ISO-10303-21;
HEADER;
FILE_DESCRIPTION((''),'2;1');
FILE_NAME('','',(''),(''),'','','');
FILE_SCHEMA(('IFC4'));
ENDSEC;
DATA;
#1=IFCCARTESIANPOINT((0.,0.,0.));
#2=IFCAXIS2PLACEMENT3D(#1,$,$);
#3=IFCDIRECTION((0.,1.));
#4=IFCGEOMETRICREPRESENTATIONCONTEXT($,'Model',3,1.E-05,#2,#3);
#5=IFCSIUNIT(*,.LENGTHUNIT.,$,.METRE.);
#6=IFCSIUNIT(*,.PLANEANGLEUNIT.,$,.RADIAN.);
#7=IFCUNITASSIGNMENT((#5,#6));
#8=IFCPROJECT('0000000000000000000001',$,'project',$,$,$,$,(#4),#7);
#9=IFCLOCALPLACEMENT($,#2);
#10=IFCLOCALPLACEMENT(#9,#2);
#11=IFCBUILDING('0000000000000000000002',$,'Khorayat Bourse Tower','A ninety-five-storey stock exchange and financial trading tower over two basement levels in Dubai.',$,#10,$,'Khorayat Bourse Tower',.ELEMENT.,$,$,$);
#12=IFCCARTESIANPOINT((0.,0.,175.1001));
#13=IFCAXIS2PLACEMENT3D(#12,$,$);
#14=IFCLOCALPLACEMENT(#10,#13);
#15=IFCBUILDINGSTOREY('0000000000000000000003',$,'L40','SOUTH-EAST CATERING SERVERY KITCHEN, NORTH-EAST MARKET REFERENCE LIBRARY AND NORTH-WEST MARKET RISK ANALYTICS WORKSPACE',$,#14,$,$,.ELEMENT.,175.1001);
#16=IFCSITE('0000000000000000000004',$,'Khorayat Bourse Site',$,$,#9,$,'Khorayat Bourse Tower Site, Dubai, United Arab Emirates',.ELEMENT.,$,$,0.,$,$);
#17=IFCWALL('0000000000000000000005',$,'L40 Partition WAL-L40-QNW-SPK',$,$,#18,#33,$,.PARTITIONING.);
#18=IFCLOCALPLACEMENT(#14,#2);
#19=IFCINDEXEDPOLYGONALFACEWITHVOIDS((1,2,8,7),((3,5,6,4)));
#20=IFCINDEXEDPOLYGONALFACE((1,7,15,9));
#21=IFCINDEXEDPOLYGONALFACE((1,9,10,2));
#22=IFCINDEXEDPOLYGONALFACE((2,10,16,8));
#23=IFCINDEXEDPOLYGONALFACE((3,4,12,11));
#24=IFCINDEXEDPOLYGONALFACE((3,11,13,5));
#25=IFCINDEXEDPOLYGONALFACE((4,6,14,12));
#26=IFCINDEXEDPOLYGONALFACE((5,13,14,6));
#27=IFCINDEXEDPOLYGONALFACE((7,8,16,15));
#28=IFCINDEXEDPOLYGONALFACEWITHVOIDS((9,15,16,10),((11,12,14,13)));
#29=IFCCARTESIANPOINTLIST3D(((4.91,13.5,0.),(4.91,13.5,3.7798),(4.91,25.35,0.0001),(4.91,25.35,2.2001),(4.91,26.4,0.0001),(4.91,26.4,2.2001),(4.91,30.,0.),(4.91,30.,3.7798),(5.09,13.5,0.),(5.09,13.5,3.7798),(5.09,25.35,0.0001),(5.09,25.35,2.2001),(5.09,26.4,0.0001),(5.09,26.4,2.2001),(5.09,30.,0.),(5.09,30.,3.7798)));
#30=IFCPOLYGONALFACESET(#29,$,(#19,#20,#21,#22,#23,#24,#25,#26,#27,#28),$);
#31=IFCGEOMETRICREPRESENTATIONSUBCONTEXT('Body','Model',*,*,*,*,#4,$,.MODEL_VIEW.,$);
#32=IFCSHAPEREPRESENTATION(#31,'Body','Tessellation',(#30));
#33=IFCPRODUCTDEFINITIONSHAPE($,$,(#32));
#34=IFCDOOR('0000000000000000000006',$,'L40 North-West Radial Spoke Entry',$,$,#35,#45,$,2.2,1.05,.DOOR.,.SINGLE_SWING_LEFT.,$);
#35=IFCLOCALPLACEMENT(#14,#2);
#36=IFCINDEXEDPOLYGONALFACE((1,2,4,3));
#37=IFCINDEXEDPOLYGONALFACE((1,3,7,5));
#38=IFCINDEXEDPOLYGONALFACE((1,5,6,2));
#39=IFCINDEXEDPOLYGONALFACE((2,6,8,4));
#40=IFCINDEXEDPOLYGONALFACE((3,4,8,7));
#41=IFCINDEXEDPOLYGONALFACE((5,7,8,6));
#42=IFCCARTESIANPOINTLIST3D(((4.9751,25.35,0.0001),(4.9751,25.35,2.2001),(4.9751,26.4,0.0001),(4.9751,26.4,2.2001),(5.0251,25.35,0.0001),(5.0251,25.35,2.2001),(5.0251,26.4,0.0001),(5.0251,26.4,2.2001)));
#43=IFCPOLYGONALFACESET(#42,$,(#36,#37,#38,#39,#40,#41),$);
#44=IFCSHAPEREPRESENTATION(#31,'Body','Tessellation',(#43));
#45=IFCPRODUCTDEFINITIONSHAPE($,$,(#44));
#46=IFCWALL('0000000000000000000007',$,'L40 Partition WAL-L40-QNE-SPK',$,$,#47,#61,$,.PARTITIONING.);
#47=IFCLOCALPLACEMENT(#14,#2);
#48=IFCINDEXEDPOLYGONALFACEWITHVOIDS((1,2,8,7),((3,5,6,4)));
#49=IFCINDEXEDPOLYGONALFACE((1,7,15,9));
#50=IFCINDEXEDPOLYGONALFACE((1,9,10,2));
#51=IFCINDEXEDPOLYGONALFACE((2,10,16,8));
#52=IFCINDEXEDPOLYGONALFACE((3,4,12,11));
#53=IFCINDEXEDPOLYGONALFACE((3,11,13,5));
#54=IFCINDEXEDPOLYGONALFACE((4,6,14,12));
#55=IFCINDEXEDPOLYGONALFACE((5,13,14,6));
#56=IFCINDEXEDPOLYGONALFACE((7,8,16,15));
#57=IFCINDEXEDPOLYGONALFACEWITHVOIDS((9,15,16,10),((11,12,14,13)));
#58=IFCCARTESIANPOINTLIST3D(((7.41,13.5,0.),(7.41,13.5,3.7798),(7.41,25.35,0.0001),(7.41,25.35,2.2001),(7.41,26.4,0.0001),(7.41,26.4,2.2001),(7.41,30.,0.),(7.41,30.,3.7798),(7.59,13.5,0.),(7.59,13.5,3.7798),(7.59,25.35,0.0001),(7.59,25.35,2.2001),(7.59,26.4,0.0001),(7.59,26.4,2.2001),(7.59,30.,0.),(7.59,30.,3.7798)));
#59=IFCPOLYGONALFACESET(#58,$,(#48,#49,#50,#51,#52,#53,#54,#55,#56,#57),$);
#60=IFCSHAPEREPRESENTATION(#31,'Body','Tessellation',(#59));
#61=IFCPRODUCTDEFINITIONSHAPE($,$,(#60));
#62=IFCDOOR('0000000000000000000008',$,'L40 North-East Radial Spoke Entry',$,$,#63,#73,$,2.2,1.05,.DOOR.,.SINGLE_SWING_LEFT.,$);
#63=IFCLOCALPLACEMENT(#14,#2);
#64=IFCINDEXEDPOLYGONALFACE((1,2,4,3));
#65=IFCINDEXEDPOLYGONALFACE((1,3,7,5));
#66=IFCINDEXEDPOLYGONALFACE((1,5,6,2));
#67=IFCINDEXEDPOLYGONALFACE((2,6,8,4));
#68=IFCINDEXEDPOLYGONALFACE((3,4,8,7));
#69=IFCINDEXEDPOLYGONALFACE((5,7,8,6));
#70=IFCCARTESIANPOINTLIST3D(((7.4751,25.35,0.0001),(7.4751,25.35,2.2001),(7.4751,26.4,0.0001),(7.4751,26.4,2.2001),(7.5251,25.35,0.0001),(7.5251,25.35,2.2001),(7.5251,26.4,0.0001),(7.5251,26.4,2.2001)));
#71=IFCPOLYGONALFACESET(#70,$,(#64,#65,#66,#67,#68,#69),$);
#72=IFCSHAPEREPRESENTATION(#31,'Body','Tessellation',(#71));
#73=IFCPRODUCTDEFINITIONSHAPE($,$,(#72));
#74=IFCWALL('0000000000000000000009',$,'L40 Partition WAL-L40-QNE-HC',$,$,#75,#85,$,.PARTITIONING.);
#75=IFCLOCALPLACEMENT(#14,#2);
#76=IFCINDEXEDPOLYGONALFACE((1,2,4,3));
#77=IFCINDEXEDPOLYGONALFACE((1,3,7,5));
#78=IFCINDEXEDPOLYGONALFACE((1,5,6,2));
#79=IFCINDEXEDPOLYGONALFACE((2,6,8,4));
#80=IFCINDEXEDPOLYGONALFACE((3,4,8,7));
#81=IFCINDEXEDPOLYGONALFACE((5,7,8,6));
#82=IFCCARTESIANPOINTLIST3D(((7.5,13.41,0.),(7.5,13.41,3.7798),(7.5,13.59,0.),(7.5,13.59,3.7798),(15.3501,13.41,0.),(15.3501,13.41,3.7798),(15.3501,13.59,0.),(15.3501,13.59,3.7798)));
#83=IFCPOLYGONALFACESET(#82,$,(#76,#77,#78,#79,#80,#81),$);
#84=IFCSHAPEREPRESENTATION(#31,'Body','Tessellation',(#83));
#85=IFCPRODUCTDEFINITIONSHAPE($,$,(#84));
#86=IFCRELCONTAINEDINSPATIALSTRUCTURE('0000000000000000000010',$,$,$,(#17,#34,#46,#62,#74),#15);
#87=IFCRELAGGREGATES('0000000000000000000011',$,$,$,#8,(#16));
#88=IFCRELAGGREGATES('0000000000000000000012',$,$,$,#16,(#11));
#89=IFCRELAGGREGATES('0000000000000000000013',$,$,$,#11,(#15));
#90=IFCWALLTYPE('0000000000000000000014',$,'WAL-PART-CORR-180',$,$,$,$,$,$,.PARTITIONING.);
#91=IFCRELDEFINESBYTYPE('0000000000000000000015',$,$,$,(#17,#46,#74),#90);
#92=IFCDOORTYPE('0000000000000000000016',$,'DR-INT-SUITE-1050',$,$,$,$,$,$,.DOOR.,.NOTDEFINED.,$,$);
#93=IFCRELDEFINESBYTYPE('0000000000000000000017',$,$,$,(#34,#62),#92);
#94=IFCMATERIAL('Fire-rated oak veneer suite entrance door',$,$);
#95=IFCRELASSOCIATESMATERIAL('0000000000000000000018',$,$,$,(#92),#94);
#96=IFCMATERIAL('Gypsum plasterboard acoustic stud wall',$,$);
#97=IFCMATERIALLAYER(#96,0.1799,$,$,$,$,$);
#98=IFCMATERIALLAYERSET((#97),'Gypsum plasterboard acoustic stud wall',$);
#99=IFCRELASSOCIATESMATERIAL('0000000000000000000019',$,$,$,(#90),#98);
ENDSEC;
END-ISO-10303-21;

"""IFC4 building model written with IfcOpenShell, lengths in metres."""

from ifc_helpers import new_model, si_unit, direction, frame, frame_2d, origin, place, context, subcontext, project, spatial, rectangle, extrude, source, transform, mapped, material, layer, layer_set, type_object, element, fill, save


model = new_model("IFC4")

# Units and contexts
model_context = context("Model", 3, precision=1e-05, world=origin(), true_north=direction((0.0, 1.0)))
body_context = subcontext(model_context, "Body", "Model", "MODEL_VIEW")
ifc_project = project(units=[si_unit("LENGTHUNIT", "METRE"), si_unit("PLANEANGLEUNIT", "RADIAN")], contexts=[model_context])

# Site, building, storey
site_placement = place(None, origin())
site = spatial("IfcSite", under=ifc_project, at=site_placement, Name="Khorayat Bourse Site", LongName="Khorayat Bourse Tower Site, Dubai, United Arab Emirates", CompositionType="ELEMENT", RefElevation=0.0)
building_placement = place(site_placement, origin())
building = spatial("IfcBuilding", under=site, at=building_placement, Name="Khorayat Bourse Tower", Description="A ninety-five-storey stock exchange and financial trading tower over two basement levels in Dubai.", LongName="Khorayat Bourse Tower", CompositionType="ELEMENT")
storey_placement = place(building_placement, frame((0.0, 0.0, 175.1001)))
storey = spatial("IfcBuildingStorey", under=building, at=storey_placement, Name="L40", Description="SOUTH-EAST CATERING SERVERY KITCHEN, NORTH-EAST MARKET REFERENCE LIBRARY AND NORTH-WEST MARKET RISK ANALYTICS WORKSPACE", CompositionType="ELEMENT", Elevation=175.1001)

# Shared definitions
ifc_material_1 = material(Name="Fire-rated oak veneer suite entrance door")
door_type_1 = type_object("IfcDoorType", Name="DR-INT-SUITE-1050", OperationType="NOTDEFINED", PredefinedType="DOOR", material=ifc_material_1)
shared_shape_1 = source(origin(), body_context, "Body", "SweptSolid", [
    extrude(rectangle(XDim=1.05, YDim=2.2, at=frame_2d((0.5249, 1.1001))), frame((0.0, 0.0249, 0.0), z_axis=(0.0, -1.0, 0.0), x_axis=(1.0, 0.0, 0.0)), (0.0, 0.0, 1.0), 0.05),
])

# Shared definitions
ifc_material_2 = material(Name="Gypsum plasterboard acoustic stud wall")
ifc_layer_1 = layer(ifc_material_2, 0.1799)
ifc_layer_set_1 = layer_set([ifc_layer_1], Name="Gypsum plasterboard acoustic stud wall")
wall_type_1 = type_object("IfcWallType", Name="WAL-PART-CORR-180", PredefinedType="PARTITIONING", material=ifc_layer_set_1)

# Walls, openings, doors
shared_shape_2 = source(origin(), body_context, "Body", "SweptSolid", [
    extrude(rectangle(XDim=16.5, YDim=0.1799, at=frame_2d((8.25, 0.0))), origin(), (0.0, 0.0, 1.0), 3.7798),
])
wall_1_placement = place(storey_placement, frame((5.0, 13.5, 0.0), z_axis=(0.0, 0.0, 1.0), x_axis=(0.0, 1.0, 0.0)))
wall_1 = element("IfcWall", 1, at=wall_1_placement, inside=storey, type_object=wall_type_1, Name="L40 Partition WAL-L40-QNW-SPK", PredefinedType="PARTITIONING", context=body_context, shape_type="MappedRepresentation", body=[
    mapped(shared_shape_2, transform((0.0, 0.0, 0.0), scale=1.0)),
])
shared_shape_3 = source(origin(), body_context, "Body", "SweptSolid", [
    extrude(rectangle(XDim=1.05, YDim=2.2, at=frame_2d((0.5249, 1.1001))), frame((0.0, 0.0999, 0.0), z_axis=(0.0, -1.0, 0.0), x_axis=(1.0, 0.0, 0.0)), (0.0, 0.0, 1.0), 0.2),
])
opening_1_placement = place(wall_1_placement, frame((11.8501, 0.0, 0.0)))
opening_1 = element("IfcOpeningElement", 2, at=opening_1_placement, cuts=wall_1, PredefinedType="OPENING", context=body_context, shape_type="MappedRepresentation", body=[
    mapped(shared_shape_3, transform((0.0, 0.0, 0.0), scale=1.0)),
])
door_1_placement = place(opening_1_placement, origin())
door_1 = element("IfcDoor", 3, at=door_1_placement, inside=storey, type_object=door_type_1, Name="L40 North-West Radial Spoke Entry", OperationType="SINGLE_SWING_LEFT", OverallHeight=2.2, OverallWidth=1.05, PredefinedType="DOOR", context=body_context, shape_type="MappedRepresentation", body=[
    mapped(shared_shape_1, transform((0.0, 0.0, 0.0), scale=1.0)),
])
fill(opening_1, door_1)
wall_2_placement = place(storey_placement, frame((7.5, 13.5, 0.0), z_axis=(0.0, 0.0, 1.0), x_axis=(0.0, 1.0, 0.0)))
wall_2 = element("IfcWall", 4, at=wall_2_placement, inside=storey, type_object=wall_type_1, Name="L40 Partition WAL-L40-QNE-SPK", PredefinedType="PARTITIONING", context=body_context, shape_type="MappedRepresentation", body=[
    mapped(shared_shape_2, transform((0.0, 0.0, 0.0), scale=1.0)),
])
opening_2_placement = place(wall_2_placement, frame((11.8501, 0.0, 0.0)))
opening_2 = element("IfcOpeningElement", 5, at=opening_2_placement, cuts=wall_2, PredefinedType="OPENING", context=body_context, shape_type="MappedRepresentation", body=[
    mapped(shared_shape_3, transform((0.0, 0.0, 0.0), scale=1.0)),
])
door_2_placement = place(opening_2_placement, origin())
door_2 = element("IfcDoor", 6, at=door_2_placement, inside=storey, type_object=door_type_1, Name="L40 North-East Radial Spoke Entry", OperationType="SINGLE_SWING_LEFT", OverallHeight=2.2, OverallWidth=1.05, PredefinedType="DOOR", context=body_context, shape_type="MappedRepresentation", body=[
    mapped(shared_shape_1, transform((0.0, 0.0, 0.0), scale=1.0)),
])
fill(opening_2, door_2)

# Wall
shared_shape_4 = source(origin(), body_context, "Body", "SweptSolid", [
    extrude(rectangle(XDim=7.8501, YDim=0.1799, at=frame_2d((3.925, 0.0))), origin(), (0.0, 0.0, 1.0), 3.7798),
])
wall_3_placement = place(storey_placement, frame((7.5, 13.5, 0.0), z_axis=(0.0, 0.0, 1.0), x_axis=(1.0, 0.0, 0.0)))
element("IfcWall", 7, at=wall_3_placement, inside=storey, type_object=wall_type_1, Name="L40 Partition WAL-L40-QNE-HC", PredefinedType="PARTITIONING", context=body_context, shape_type="MappedRepresentation", body=[
    mapped(shared_shape_4, transform((0.0, 0.0, 0.0), scale=1.0)),
])

save(model, "model.ifc")
